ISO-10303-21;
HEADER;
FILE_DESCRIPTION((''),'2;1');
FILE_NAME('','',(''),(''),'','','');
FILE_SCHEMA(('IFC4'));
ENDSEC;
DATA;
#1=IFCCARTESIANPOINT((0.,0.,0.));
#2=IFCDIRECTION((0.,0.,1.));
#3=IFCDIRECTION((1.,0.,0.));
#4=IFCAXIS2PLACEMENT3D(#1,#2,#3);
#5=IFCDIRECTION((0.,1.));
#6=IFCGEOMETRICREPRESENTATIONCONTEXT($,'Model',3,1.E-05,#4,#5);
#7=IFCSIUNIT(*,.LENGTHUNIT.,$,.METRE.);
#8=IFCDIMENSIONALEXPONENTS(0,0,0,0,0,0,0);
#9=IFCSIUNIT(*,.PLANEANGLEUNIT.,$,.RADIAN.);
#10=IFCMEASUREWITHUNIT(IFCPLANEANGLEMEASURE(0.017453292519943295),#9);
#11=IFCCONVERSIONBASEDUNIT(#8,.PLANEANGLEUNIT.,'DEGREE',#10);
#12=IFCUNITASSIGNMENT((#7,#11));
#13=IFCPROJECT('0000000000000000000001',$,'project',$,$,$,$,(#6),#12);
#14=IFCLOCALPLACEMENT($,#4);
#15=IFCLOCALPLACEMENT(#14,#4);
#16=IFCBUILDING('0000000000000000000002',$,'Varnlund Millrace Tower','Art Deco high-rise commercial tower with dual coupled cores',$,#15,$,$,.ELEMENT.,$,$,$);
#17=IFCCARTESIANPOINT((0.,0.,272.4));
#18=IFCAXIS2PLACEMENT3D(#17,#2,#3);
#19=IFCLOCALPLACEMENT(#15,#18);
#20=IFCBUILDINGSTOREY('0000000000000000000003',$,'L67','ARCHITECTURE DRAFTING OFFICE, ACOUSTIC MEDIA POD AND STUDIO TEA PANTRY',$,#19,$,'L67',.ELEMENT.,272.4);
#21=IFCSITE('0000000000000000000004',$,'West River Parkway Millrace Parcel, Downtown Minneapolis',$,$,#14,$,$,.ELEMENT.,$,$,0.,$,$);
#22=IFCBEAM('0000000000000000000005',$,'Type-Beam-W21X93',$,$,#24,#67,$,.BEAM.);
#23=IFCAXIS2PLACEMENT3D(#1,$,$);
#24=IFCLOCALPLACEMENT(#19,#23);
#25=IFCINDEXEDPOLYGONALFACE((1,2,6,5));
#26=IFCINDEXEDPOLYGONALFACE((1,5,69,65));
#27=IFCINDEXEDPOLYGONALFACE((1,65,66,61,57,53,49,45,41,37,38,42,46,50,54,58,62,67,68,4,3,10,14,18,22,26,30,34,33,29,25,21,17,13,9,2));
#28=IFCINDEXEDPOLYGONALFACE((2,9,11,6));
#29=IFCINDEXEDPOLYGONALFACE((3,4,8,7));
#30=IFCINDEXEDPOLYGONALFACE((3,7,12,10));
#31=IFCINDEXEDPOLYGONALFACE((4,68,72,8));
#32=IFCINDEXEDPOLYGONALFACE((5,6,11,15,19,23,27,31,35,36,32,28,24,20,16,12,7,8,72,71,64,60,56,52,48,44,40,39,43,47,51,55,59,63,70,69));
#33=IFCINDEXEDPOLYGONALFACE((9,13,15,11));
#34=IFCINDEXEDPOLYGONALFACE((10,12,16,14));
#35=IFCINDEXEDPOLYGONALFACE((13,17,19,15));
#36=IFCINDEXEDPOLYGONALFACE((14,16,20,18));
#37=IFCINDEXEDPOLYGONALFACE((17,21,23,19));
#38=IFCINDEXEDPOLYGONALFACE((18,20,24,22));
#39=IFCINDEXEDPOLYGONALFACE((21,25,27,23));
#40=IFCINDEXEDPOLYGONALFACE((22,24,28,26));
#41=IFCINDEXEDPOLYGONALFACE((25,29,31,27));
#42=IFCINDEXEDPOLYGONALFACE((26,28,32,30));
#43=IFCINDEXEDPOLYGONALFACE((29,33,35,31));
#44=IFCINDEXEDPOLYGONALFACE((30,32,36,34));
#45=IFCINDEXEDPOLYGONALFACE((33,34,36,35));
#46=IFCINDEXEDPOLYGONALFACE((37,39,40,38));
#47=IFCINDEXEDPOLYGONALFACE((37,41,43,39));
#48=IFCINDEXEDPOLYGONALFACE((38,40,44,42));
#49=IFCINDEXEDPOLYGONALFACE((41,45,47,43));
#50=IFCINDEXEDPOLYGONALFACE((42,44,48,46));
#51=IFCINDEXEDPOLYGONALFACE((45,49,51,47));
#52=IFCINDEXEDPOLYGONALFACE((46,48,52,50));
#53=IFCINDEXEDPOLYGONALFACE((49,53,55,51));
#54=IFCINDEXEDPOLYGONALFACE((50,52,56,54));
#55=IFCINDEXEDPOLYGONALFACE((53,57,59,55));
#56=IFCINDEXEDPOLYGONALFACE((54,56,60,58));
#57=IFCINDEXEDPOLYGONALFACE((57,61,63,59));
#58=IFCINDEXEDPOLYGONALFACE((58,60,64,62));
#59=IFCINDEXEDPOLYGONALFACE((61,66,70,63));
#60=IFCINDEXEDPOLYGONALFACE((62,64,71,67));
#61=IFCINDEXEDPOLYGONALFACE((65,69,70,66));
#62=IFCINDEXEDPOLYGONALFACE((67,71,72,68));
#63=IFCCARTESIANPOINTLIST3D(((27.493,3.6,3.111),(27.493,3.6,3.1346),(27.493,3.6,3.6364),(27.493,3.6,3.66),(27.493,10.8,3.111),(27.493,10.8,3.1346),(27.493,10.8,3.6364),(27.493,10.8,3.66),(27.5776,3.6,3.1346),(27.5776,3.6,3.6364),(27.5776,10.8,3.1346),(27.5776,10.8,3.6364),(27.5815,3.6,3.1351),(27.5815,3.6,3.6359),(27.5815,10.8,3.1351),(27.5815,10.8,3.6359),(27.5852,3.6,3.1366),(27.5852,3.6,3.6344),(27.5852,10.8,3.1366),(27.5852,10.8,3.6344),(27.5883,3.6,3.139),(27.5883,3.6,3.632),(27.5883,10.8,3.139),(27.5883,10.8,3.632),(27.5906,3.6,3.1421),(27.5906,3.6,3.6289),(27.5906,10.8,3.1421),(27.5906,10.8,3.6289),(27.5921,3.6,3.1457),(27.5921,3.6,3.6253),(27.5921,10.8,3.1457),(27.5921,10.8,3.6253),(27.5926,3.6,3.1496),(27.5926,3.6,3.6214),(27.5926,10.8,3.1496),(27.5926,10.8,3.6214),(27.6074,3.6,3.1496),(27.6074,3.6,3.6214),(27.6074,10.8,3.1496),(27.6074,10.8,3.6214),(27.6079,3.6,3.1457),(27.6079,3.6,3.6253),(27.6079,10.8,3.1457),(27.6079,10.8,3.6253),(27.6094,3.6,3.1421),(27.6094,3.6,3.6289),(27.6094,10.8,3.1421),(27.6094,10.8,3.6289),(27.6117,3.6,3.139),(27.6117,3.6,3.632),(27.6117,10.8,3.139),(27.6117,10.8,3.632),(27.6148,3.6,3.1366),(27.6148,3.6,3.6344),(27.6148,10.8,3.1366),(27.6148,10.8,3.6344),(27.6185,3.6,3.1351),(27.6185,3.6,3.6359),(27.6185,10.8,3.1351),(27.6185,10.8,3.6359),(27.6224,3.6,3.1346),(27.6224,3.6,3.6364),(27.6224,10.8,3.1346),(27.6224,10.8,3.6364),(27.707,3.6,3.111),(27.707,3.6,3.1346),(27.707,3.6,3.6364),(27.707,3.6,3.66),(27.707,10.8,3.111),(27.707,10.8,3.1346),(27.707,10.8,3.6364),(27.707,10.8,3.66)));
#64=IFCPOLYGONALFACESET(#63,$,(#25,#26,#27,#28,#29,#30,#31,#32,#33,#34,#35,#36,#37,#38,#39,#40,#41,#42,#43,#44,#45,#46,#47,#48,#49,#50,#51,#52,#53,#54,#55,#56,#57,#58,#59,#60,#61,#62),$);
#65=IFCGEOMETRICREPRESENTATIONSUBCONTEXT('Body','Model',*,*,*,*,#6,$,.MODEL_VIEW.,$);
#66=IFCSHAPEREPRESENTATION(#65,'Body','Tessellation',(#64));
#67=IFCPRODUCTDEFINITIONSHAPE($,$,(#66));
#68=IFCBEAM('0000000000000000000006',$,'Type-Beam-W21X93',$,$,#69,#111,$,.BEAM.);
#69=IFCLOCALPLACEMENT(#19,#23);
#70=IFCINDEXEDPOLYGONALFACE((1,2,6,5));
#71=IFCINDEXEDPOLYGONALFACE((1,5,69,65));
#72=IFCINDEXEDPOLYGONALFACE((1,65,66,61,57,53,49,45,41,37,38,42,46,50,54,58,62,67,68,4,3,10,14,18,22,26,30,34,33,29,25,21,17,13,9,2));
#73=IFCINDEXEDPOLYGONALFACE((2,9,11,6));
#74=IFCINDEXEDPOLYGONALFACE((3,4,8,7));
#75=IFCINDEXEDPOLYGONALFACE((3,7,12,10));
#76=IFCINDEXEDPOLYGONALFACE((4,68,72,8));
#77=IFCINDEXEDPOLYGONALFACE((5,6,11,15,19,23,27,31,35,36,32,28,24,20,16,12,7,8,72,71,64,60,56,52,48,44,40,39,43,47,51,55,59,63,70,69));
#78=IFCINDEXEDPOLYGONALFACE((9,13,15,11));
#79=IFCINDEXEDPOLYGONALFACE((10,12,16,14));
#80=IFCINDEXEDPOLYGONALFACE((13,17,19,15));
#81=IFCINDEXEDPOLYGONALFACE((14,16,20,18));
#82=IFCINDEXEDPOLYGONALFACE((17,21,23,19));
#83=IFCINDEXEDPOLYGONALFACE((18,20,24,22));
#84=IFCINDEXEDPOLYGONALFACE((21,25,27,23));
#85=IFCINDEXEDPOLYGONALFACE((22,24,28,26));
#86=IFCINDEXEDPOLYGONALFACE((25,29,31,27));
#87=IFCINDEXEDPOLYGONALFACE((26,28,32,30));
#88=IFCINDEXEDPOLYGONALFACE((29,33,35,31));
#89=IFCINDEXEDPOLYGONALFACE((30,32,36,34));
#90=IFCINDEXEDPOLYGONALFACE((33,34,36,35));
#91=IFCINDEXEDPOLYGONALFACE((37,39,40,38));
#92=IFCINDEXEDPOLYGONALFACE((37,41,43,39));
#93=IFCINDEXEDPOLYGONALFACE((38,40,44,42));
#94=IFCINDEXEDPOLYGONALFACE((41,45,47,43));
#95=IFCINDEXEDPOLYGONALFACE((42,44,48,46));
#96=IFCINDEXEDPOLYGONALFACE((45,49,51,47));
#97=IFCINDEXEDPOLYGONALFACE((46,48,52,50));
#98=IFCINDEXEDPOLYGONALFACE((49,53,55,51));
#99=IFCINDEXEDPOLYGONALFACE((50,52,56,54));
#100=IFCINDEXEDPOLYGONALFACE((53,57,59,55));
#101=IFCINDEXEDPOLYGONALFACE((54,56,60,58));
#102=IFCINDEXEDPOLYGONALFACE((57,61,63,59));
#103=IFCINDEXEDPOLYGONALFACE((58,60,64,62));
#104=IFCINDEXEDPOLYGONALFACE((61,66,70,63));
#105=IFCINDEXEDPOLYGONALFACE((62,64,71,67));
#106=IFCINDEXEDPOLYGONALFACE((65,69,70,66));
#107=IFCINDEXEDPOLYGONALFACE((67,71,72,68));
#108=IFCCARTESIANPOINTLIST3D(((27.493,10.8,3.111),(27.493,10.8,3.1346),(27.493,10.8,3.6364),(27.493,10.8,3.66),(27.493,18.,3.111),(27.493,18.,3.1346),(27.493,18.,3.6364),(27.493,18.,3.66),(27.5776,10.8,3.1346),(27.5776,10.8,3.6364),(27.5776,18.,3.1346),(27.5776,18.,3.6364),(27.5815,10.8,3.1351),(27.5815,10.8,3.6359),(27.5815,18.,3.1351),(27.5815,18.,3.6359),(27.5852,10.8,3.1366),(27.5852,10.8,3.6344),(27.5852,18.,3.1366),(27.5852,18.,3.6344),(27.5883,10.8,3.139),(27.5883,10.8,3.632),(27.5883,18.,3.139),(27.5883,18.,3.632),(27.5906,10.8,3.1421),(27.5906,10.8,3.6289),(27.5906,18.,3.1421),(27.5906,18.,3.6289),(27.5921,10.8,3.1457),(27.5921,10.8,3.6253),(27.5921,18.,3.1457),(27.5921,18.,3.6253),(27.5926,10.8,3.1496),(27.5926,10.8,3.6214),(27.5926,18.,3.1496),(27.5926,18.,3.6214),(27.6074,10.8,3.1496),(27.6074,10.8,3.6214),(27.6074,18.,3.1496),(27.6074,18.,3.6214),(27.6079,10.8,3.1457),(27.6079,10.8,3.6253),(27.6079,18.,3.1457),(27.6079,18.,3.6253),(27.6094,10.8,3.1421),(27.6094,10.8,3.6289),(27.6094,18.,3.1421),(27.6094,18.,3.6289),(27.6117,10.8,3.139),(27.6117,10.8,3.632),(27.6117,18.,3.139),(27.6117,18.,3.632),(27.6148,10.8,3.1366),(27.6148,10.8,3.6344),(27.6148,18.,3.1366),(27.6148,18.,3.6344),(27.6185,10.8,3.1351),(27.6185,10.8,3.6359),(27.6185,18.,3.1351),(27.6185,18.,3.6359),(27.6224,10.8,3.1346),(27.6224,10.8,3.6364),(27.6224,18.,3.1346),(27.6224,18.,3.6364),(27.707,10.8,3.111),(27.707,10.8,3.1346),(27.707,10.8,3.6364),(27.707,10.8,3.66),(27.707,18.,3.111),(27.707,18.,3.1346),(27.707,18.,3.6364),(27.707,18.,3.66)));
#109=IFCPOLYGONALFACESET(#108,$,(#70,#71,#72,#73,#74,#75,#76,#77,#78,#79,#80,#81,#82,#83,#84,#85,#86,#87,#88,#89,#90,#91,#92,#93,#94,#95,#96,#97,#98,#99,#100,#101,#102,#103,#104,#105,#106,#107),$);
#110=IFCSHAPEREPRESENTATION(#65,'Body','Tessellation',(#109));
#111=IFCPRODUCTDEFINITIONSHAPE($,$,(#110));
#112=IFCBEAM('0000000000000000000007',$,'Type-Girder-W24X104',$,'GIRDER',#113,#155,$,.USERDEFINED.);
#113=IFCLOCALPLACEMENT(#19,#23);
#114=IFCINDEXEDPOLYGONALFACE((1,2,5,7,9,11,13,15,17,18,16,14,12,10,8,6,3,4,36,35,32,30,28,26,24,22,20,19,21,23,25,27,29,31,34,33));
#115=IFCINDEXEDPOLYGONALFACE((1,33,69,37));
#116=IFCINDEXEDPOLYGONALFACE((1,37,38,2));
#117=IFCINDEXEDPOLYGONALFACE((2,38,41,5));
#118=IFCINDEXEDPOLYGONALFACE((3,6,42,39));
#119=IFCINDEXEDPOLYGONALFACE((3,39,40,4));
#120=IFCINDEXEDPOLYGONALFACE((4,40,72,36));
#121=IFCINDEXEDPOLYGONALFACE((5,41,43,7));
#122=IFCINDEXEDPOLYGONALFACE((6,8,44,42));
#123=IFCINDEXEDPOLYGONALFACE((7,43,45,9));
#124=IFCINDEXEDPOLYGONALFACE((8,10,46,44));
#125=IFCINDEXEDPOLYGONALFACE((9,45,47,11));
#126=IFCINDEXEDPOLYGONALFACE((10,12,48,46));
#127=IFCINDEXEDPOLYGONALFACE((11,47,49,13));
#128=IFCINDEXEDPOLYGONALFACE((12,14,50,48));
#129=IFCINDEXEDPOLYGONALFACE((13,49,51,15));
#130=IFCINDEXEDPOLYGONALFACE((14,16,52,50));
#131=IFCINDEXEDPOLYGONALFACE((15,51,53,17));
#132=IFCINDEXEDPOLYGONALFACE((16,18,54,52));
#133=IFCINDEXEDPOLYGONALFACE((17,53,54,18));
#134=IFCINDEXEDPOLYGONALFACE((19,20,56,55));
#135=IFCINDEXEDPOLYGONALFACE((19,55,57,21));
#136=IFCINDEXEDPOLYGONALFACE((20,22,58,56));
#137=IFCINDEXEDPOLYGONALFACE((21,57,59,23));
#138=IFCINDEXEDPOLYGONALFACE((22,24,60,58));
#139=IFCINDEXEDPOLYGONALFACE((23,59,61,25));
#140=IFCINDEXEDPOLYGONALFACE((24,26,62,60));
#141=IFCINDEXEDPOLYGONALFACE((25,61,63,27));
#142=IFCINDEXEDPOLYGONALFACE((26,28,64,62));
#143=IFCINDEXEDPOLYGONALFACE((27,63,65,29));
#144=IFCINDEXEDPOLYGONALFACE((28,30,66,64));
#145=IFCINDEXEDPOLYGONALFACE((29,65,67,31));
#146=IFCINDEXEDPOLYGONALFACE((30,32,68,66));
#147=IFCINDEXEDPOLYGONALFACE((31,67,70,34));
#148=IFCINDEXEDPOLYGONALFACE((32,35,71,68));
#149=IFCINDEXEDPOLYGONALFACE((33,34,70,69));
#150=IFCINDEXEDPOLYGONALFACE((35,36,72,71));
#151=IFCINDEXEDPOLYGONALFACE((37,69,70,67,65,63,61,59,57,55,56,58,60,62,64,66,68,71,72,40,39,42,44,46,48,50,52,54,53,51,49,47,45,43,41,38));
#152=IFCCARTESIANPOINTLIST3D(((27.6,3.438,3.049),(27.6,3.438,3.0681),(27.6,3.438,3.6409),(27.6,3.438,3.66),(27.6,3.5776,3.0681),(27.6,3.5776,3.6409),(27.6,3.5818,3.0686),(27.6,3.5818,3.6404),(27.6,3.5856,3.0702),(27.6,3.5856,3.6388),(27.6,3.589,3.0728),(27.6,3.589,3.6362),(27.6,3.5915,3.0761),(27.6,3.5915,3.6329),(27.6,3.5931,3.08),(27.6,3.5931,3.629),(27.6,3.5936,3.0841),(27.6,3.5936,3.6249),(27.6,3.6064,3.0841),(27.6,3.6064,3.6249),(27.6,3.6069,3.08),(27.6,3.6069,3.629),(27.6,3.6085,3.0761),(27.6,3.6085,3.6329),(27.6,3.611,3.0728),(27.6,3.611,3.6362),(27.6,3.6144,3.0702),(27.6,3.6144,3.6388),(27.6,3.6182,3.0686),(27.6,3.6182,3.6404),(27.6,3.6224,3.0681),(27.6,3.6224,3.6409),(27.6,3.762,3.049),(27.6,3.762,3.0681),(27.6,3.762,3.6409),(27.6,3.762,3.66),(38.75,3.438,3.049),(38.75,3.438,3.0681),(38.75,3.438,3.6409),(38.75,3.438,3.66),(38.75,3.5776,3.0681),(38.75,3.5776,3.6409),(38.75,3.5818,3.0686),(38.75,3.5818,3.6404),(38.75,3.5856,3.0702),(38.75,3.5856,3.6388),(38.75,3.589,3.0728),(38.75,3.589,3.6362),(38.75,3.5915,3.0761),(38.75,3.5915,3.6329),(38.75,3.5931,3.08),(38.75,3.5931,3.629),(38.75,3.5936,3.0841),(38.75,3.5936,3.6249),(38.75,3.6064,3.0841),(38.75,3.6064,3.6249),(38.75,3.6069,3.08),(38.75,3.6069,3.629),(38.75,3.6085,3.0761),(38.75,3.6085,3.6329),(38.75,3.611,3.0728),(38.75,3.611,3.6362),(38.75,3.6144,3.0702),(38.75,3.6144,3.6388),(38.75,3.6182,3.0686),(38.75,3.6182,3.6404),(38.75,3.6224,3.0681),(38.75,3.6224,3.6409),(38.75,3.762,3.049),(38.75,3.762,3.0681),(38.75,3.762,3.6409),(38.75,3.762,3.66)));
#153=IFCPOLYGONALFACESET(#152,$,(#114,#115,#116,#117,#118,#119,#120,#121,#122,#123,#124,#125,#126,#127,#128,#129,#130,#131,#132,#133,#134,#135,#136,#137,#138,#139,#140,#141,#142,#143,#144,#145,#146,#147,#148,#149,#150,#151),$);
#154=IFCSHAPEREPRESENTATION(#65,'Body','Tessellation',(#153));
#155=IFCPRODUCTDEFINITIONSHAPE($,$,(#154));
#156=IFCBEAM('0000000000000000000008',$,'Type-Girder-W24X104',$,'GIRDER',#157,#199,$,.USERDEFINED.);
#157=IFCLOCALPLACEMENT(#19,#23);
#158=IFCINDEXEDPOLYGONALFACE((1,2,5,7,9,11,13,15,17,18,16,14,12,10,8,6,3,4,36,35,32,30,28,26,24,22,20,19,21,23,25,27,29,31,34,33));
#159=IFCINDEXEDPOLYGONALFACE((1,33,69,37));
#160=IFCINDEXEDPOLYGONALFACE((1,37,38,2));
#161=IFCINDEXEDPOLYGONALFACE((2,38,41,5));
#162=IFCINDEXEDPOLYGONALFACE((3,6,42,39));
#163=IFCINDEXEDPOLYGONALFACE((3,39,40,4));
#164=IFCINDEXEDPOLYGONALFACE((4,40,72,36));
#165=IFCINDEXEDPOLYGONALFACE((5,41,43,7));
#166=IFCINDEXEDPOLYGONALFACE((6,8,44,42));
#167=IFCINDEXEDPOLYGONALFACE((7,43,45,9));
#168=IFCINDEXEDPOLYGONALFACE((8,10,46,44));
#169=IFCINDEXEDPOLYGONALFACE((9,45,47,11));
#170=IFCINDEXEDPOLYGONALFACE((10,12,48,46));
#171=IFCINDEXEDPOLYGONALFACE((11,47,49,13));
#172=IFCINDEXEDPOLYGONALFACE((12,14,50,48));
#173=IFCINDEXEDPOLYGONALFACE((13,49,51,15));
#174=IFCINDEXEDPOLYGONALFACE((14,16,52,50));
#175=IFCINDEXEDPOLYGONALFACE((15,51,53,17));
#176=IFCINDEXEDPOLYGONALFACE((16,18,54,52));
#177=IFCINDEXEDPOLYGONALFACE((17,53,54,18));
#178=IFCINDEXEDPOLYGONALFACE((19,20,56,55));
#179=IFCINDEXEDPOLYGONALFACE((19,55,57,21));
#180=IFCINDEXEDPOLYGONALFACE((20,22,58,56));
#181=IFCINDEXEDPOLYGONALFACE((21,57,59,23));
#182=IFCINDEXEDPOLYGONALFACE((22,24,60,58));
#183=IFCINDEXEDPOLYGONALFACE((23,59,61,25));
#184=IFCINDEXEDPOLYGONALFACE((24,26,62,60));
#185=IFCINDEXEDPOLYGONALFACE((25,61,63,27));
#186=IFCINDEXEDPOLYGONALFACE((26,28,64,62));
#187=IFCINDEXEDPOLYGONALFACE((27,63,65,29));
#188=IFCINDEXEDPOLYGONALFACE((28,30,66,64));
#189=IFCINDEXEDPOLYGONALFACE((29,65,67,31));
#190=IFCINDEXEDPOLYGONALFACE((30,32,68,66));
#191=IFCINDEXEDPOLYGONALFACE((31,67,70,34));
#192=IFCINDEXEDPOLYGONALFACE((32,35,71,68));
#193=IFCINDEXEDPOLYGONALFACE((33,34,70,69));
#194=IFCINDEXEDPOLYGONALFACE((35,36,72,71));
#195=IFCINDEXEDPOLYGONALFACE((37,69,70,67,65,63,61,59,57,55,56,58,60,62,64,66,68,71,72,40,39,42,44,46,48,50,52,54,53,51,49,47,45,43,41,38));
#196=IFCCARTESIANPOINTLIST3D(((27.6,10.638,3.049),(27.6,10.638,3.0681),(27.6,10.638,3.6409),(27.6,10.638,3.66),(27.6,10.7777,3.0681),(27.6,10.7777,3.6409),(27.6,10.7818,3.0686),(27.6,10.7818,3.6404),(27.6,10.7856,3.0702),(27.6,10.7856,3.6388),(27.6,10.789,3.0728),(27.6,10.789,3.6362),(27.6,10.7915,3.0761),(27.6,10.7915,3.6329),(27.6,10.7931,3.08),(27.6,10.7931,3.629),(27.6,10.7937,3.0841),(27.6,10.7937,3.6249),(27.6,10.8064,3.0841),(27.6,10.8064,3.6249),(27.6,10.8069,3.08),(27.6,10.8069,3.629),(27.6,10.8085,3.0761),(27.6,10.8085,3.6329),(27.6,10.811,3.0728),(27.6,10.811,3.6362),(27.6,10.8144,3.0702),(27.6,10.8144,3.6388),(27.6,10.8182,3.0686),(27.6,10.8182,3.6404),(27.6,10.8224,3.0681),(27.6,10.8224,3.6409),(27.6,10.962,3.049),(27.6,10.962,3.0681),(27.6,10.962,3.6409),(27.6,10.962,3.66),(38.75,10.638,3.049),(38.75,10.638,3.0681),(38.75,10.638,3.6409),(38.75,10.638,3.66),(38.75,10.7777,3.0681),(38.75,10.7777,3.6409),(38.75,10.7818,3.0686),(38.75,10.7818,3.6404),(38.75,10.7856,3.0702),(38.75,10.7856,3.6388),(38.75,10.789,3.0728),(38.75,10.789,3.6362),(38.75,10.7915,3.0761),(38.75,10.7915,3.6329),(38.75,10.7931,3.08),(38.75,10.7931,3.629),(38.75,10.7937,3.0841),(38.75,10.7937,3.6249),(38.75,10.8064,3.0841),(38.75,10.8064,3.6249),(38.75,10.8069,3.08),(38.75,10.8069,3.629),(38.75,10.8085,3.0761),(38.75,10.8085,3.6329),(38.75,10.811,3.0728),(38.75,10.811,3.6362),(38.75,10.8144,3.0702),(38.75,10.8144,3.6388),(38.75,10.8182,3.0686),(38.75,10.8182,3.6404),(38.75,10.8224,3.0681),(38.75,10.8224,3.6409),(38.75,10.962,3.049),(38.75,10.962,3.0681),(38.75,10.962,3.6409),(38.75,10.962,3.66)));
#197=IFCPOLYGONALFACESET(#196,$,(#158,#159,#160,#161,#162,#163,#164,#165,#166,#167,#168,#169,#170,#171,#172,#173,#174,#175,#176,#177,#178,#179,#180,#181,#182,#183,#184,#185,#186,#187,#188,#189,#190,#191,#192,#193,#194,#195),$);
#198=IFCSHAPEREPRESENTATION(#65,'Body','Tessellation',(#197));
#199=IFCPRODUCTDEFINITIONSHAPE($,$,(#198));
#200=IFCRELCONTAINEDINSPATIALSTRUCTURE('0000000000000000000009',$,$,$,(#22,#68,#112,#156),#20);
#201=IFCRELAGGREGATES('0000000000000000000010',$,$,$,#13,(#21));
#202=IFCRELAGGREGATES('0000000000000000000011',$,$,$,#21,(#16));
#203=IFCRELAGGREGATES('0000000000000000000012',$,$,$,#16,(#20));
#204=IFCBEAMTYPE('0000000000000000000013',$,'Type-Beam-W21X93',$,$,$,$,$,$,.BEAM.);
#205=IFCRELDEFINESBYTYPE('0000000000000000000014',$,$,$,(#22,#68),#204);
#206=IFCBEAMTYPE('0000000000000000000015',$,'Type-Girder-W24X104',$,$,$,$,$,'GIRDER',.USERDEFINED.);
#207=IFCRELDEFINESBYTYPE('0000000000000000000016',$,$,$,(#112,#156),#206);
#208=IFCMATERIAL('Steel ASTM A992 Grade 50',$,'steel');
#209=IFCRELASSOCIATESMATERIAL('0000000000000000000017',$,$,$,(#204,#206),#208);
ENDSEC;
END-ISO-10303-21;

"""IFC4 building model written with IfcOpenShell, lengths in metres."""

from ifc_helpers import new_model, entity, si_unit, converted_unit, direction, frame, origin_with_axes, origin_2d_with_axis, place, context, subcontext, project, spatial, i_section, extrude, material, material_profile, profile_set, type_object, element, save


model = new_model("IFC4")

# Units and contexts
model_context = context("Model", 3, precision=1e-05, world=origin_with_axes(), true_north=direction((0.0, 1.0)))
body_context = subcontext(model_context, "Body", "Model", "MODEL_VIEW")
ifc_project = project(units=[si_unit("LENGTHUNIT", "METRE"), converted_unit("PLANEANGLEUNIT", "DEGREE", entity("IfcPlaneAngleMeasure", 0.017453292519943295), si_unit("PLANEANGLEUNIT", "RADIAN"), dimensions=[0, 0, 0, 0, 0, 0, 0])], contexts=[model_context])

# Site, building, storey
site_placement = place(None, origin_with_axes())
site = spatial("IfcSite", under=ifc_project, at=site_placement, Name="West River Parkway Millrace Parcel, Downtown Minneapolis", CompositionType="ELEMENT", RefElevation=0.0)
building_placement = place(site_placement, origin_with_axes())
building = spatial("IfcBuilding", under=site, at=building_placement, Name="Varnlund Millrace Tower", Description="Art Deco high-rise commercial tower with dual coupled cores", CompositionType="ELEMENT")
storey_placement = place(building_placement, frame((0.0, 0.0, 272.4), z_axis=(0.0, 0.0, 1.0), x_axis=(1.0, 0.0, 0.0)))
storey = spatial("IfcBuildingStorey", under=building, at=storey_placement, Name="L67", Description="ARCHITECTURE DRAFTING OFFICE, ACOUSTIC MEDIA POD AND STUDIO TEA PANTRY", LongName="L67", CompositionType="ELEMENT", Elevation=272.4)

# Beams
ifc_material_1 = material(Name="Steel ASTM A992 Grade 50", Category="steel")
ifc_material_profile_1 = material_profile(ifc_material_1, i_section(OverallWidth=0.214, OverallDepth=0.549, WebThickness=0.0147, FlangeThickness=0.0236, FilletRadius=0.015, at=origin_2d_with_axis()), Name="Steel ASTM A992 Grade 50")
ifc_profile_set_1 = profile_set([ifc_material_profile_1], Name="Steel ASTM A992 Grade 50")
beam_type_1 = type_object("IfcBeamType", Name="Type-Beam-W21X93", PredefinedType="BEAM", material=ifc_profile_set_1)
for number, where, z_axis, x_axis, name in (
    (1, (27.6, 3.6, 3.3855), (0.0, 1.0, 0.0), (-1.0, 0.0, 0.0), "Type-Beam-W21X93"),
    (2, (27.6, 10.8, 3.3855), (0.0, 1.0, 0.0), (-1.0, 0.0, 0.0), "Type-Beam-W21X93"),
):
    element("IfcBeam", number, at=place(storey_placement, frame(where, z_axis=z_axis, x_axis=x_axis)), inside=storey, type_object=beam_type_1, Name=name, PredefinedType="BEAM", context=body_context, shape_type="SweptSolid", body=[
        extrude(i_section(OverallWidth=0.214, OverallDepth=0.549, WebThickness=0.0147, FlangeThickness=0.0236, FilletRadius=0.015, at=origin_2d_with_axis()), origin_with_axes(), (0.0, 0.0, 1.0), 7.2),
    ])
ifc_material_profile_2 = material_profile(ifc_material_1, i_section(OverallWidth=0.324, OverallDepth=0.611, WebThickness=0.0127, FlangeThickness=0.0191, FilletRadius=0.016, at=origin_2d_with_axis()), Name="Steel ASTM A992 Grade 50")
ifc_profile_set_2 = profile_set([ifc_material_profile_2], Name="Steel ASTM A992 Grade 50")
beam_type_2 = type_object("IfcBeamType", Name="Type-Girder-W24X104", ElementType="GIRDER", PredefinedType="USERDEFINED", material=ifc_profile_set_2)
for number, where, z_axis, x_axis, name in (
    (3, (27.6, 3.6, 3.3545), (1.0, 0.0, 0.0), (0.0, 1.0, 0.0), "Type-Girder-W24X104"),
    (4, (27.6, 10.8, 3.3545), (1.0, 0.0, 0.0), (0.0, 1.0, 0.0), "Type-Girder-W24X104"),
):
    element("IfcBeam", number, at=place(storey_placement, frame(where, z_axis=z_axis, x_axis=x_axis)), inside=storey, type_object=beam_type_2, Name=name, ObjectType="GIRDER", PredefinedType="USERDEFINED", context=body_context, shape_type="SweptSolid", body=[
        extrude(i_section(OverallWidth=0.324, OverallDepth=0.611, WebThickness=0.0127, FlangeThickness=0.0191, FilletRadius=0.016, at=origin_2d_with_axis()), origin_with_axes(), (0.0, 0.0, 1.0), 11.15),
    ])

save(model, "model.ifc")
